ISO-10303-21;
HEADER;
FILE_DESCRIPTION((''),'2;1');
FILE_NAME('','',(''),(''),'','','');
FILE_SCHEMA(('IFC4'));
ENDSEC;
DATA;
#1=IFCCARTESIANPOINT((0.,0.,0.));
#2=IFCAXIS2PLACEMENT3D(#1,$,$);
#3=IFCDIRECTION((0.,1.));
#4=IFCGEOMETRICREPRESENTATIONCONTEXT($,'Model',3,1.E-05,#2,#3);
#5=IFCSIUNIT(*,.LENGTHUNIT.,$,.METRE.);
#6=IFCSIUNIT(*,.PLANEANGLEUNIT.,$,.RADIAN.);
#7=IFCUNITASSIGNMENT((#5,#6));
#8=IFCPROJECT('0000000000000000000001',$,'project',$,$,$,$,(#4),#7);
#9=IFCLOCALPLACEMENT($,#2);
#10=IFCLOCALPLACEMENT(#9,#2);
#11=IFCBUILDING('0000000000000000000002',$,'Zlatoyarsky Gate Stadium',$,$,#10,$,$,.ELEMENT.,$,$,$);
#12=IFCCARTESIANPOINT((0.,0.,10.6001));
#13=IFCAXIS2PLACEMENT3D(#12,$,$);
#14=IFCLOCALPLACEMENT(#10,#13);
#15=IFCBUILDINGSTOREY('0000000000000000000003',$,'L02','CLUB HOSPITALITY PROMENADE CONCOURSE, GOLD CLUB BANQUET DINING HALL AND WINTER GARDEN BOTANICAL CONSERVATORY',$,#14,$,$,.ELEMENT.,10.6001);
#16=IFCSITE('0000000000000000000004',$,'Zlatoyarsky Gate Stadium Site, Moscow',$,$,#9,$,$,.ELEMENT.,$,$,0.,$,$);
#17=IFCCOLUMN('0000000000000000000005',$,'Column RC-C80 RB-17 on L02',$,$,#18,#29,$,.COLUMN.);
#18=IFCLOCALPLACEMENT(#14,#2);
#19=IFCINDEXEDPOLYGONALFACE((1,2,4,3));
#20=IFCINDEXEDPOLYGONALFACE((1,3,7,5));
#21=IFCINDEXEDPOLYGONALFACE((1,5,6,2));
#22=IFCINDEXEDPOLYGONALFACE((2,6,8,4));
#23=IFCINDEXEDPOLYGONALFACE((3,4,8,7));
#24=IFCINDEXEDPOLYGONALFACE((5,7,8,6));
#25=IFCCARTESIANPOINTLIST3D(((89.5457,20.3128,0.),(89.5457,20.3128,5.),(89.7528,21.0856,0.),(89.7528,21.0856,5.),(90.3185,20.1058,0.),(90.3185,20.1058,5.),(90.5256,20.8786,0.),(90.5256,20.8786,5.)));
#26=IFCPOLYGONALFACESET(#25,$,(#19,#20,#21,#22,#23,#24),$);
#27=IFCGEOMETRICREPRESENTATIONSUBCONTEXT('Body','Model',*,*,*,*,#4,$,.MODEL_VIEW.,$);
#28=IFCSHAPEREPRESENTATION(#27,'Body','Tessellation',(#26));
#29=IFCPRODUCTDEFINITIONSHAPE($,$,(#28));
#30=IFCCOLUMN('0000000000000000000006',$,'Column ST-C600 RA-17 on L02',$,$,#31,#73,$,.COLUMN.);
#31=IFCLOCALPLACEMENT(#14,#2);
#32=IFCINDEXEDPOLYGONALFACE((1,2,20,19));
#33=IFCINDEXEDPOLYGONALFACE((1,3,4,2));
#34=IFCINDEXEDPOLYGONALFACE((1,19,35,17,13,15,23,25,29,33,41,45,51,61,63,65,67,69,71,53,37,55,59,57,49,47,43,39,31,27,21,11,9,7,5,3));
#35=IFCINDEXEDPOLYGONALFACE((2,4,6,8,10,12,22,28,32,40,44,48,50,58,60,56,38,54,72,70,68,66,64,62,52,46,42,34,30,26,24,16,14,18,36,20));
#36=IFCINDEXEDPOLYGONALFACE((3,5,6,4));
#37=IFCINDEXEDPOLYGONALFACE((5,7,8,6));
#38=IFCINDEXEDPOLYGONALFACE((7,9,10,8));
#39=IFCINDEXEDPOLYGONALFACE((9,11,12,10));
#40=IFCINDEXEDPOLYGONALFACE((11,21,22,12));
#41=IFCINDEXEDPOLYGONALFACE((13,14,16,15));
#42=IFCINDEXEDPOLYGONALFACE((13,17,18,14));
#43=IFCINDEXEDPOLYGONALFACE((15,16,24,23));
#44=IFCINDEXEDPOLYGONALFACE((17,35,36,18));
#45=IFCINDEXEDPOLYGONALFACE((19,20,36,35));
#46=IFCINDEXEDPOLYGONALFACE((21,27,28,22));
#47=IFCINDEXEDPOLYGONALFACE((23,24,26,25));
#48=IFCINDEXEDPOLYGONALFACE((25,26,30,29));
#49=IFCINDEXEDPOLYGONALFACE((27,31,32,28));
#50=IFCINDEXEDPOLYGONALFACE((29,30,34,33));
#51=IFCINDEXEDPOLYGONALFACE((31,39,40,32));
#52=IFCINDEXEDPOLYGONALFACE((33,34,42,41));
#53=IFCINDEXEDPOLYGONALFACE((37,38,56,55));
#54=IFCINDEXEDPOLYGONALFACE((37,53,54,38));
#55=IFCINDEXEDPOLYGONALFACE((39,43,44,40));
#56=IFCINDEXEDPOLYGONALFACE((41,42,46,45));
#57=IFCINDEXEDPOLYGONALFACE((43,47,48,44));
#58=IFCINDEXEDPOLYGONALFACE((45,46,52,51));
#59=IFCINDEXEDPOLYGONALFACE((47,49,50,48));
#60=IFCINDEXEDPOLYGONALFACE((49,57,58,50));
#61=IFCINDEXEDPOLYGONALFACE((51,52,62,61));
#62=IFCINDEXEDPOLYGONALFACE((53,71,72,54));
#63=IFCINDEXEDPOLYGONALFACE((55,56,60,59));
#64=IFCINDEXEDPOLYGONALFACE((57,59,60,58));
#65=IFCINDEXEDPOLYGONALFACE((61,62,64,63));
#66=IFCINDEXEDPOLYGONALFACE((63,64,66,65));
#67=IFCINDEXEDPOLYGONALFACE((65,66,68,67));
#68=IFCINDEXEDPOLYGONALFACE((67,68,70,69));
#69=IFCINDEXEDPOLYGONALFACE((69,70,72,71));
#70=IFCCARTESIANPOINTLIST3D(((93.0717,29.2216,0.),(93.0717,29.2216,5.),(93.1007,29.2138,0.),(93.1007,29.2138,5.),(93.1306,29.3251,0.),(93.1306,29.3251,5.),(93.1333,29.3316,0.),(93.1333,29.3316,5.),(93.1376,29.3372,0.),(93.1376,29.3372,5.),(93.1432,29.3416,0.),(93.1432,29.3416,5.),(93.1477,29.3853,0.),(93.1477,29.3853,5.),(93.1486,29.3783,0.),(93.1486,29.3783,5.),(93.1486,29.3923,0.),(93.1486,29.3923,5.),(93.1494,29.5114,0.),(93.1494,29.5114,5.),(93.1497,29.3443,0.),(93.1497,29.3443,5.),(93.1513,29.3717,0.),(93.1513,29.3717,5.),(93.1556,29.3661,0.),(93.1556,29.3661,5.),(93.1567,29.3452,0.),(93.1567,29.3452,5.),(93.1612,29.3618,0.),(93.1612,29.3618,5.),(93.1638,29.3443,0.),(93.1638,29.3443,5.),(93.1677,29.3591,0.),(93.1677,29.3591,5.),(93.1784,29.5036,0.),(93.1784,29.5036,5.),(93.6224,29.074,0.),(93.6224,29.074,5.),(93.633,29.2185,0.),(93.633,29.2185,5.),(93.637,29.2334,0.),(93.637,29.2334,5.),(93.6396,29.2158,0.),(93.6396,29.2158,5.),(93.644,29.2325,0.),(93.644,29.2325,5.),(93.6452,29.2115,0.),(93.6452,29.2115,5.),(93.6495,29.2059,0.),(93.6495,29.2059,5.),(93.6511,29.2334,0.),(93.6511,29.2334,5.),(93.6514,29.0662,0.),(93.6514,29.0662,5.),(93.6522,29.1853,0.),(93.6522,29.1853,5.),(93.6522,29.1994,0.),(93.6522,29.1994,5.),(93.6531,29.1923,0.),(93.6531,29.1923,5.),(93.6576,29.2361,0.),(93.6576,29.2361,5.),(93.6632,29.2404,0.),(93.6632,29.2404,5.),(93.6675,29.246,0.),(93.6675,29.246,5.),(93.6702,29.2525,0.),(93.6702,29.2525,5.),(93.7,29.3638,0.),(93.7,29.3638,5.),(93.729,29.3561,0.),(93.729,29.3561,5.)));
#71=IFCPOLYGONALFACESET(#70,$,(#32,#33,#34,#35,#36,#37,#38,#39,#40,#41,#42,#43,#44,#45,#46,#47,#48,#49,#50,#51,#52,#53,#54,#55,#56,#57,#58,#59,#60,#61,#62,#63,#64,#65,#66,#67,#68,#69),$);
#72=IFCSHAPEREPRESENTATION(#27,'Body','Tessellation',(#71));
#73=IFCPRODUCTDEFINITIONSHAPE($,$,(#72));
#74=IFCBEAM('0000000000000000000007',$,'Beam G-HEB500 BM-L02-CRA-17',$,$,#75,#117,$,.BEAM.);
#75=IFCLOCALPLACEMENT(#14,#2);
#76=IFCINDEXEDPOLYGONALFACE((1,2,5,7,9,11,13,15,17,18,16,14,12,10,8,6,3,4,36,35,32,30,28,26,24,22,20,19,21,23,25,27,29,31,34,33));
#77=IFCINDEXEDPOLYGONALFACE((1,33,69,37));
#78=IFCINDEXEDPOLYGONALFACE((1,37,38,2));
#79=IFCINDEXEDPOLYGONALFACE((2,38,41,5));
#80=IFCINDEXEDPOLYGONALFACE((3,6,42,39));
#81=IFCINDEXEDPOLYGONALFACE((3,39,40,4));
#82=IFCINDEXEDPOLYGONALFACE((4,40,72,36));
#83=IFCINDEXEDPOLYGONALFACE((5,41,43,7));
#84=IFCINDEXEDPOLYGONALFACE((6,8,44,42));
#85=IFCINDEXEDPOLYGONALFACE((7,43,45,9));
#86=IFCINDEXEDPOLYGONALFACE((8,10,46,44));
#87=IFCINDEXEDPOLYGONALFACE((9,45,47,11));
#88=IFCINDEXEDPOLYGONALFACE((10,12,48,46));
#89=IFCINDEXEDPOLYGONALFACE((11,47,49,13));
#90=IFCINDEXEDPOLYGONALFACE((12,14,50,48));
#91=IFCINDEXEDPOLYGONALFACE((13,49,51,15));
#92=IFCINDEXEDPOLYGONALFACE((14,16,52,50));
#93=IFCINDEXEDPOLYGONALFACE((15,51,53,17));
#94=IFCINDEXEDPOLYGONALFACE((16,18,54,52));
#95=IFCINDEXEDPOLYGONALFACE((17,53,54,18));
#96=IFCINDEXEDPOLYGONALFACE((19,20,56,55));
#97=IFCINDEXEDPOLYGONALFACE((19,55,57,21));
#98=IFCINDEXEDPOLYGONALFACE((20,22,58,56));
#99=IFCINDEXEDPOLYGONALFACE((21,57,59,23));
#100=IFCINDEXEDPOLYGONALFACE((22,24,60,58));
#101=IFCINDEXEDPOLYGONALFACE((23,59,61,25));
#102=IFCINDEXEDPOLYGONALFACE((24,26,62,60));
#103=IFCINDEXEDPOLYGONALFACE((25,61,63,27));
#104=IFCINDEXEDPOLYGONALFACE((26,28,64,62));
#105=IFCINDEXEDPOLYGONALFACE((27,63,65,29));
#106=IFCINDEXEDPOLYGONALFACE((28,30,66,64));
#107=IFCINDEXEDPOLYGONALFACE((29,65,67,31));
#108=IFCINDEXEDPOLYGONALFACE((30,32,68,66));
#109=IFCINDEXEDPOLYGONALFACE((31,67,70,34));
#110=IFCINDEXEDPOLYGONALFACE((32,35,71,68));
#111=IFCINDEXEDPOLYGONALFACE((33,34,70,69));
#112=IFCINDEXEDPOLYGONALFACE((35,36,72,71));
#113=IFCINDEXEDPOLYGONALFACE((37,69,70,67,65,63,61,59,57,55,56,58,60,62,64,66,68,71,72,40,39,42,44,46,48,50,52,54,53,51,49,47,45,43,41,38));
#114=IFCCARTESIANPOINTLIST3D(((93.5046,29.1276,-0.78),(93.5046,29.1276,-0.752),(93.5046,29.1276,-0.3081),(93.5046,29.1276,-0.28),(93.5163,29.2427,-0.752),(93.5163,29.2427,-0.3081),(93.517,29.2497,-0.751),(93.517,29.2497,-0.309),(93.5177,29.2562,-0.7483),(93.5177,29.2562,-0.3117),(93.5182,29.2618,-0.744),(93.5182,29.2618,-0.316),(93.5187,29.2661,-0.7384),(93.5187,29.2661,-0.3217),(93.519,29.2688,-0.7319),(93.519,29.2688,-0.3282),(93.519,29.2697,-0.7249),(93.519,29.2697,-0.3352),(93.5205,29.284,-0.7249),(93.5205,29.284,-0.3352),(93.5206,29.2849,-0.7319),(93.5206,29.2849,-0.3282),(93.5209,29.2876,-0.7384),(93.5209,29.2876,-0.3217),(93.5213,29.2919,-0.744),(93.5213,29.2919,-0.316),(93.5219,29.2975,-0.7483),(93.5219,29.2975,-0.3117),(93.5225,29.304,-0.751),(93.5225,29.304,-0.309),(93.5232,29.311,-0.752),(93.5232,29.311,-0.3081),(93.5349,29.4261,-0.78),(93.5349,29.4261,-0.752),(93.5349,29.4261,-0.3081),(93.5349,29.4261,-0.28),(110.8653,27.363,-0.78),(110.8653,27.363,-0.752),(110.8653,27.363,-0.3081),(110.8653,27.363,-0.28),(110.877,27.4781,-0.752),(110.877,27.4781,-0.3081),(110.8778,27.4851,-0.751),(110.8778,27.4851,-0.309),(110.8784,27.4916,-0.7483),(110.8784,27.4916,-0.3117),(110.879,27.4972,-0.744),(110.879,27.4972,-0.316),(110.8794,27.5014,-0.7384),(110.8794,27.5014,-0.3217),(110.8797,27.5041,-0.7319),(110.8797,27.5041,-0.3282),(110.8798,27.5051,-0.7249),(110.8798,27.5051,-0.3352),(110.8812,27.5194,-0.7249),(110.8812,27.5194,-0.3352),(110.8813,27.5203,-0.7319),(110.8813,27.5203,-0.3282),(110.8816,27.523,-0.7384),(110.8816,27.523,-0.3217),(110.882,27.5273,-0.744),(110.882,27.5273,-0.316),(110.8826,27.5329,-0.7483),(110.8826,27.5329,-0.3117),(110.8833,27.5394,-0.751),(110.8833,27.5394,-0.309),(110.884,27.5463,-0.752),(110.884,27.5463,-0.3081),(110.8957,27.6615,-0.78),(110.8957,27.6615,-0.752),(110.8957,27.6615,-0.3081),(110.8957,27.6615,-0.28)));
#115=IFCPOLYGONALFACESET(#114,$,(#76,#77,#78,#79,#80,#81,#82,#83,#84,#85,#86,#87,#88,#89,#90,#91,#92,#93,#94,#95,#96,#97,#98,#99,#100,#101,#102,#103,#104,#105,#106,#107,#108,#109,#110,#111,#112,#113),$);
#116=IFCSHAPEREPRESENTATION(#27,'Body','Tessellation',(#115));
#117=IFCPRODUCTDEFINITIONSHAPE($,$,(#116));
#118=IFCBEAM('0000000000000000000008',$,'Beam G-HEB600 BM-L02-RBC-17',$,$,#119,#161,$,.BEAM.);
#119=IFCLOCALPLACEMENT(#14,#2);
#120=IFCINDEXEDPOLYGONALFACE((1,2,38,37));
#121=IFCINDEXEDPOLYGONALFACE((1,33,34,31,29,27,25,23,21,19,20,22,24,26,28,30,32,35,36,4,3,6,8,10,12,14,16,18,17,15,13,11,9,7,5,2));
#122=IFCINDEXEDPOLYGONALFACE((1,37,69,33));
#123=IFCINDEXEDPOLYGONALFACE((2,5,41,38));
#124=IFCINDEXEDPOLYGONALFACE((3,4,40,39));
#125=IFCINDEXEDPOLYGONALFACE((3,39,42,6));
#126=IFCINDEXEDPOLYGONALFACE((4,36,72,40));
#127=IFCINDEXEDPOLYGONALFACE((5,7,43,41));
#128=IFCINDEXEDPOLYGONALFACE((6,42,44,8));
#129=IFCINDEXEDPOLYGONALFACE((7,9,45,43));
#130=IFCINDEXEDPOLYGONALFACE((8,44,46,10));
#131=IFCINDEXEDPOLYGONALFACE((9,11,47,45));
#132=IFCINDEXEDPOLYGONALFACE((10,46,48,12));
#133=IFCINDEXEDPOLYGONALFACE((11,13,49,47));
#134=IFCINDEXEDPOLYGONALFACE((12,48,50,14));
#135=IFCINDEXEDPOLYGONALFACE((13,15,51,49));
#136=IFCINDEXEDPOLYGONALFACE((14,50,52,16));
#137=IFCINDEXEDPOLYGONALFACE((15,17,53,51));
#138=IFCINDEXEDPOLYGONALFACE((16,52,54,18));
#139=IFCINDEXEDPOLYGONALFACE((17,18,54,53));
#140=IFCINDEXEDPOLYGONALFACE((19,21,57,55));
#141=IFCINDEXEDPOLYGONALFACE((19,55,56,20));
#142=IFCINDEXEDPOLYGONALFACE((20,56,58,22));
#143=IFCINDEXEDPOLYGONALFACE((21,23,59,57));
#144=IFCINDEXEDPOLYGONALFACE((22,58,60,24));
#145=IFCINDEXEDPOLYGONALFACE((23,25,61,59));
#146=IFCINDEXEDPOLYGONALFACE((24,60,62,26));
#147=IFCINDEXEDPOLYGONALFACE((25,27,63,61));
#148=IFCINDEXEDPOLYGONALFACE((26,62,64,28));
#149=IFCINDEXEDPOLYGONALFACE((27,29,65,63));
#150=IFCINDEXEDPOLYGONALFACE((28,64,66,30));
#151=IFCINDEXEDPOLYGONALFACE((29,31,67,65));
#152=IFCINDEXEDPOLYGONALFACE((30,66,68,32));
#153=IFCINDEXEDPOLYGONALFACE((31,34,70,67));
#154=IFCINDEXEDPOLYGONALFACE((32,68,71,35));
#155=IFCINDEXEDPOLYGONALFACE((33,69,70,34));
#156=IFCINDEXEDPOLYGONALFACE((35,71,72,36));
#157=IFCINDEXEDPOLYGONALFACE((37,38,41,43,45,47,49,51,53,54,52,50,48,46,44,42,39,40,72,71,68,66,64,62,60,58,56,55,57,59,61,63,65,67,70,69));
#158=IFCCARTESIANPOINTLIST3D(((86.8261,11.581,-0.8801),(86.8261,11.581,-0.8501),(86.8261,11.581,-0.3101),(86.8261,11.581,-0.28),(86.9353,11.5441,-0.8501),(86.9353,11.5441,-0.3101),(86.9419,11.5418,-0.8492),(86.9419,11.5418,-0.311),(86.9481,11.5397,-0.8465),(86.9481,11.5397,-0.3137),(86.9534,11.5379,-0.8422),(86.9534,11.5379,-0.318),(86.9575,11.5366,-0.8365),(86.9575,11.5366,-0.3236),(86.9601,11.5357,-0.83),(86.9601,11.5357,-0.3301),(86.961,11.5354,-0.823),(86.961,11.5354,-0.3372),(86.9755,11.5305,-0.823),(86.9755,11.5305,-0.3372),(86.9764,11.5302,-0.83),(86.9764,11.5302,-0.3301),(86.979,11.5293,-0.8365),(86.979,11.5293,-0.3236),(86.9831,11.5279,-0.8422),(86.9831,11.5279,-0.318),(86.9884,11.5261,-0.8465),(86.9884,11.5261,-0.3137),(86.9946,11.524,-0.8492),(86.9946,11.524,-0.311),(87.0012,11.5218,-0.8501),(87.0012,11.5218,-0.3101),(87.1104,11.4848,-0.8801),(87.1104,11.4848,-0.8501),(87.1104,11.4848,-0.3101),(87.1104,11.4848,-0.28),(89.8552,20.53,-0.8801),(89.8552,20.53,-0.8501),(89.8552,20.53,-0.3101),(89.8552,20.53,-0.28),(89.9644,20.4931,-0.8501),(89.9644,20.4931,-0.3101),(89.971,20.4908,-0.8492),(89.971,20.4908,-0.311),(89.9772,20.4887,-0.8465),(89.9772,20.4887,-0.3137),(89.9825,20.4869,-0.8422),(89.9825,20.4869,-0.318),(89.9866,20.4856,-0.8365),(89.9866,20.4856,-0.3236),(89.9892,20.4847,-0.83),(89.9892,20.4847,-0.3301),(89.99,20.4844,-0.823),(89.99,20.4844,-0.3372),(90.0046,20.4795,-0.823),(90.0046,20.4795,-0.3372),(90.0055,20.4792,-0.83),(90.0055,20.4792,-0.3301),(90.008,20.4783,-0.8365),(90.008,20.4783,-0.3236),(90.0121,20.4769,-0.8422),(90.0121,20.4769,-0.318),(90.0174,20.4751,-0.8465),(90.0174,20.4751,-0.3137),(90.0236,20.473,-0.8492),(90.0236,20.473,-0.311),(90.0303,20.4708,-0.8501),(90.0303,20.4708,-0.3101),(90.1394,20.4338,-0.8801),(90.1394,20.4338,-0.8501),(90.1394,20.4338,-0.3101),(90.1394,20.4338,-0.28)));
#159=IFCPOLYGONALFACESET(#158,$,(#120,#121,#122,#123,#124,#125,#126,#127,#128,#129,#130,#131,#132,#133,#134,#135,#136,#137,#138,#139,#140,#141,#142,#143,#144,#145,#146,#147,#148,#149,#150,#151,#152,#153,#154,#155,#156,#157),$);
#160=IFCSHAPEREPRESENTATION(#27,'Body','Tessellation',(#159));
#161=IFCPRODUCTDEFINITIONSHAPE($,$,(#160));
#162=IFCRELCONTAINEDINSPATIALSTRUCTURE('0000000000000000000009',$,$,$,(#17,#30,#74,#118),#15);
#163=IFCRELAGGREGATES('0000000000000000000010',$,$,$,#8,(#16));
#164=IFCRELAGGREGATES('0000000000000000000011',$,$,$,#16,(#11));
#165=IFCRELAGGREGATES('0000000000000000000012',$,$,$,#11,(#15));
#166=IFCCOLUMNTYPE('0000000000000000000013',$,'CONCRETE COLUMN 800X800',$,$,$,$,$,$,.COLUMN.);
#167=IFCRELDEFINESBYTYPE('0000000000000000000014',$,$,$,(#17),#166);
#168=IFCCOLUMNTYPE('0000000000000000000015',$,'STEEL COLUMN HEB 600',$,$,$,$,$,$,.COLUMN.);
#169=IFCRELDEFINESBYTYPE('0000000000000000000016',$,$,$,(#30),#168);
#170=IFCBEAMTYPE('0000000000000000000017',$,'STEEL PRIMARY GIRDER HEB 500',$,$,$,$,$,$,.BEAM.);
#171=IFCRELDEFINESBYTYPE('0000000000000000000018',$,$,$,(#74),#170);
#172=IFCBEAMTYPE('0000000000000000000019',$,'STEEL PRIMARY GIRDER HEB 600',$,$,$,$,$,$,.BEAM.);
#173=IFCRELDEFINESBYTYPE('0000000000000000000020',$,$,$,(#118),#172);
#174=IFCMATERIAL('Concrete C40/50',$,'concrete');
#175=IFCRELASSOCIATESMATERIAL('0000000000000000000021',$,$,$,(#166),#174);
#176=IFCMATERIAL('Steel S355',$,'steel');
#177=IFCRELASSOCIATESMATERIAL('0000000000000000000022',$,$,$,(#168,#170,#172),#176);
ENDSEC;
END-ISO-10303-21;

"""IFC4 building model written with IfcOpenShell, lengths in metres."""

from ifc_helpers import new_model, si_unit, direction, frame, origin, origin_2d, place, context, subcontext, project, spatial, rectangle, i_section, extrude, material, material_profile, profile_set, type_object, element, save


model = new_model("IFC4")

# Units and contexts
model_context = context("Model", 3, precision=1e-05, world=origin(), true_north=direction((0.0, 1.0)))
body_context = subcontext(model_context, "Body", "Model", "MODEL_VIEW")
ifc_project = project(units=[si_unit("LENGTHUNIT", "METRE"), si_unit("PLANEANGLEUNIT", "RADIAN")], contexts=[model_context])

# Site, building, storey
site_placement = place(None, origin())
site = spatial("IfcSite", under=ifc_project, at=site_placement, Name="Zlatoyarsky Gate Stadium Site, Moscow", CompositionType="ELEMENT", RefElevation=0.0)
building_placement = place(site_placement, origin())
building = spatial("IfcBuilding", under=site, at=building_placement, Name="Zlatoyarsky Gate Stadium", CompositionType="ELEMENT")
storey_placement = place(building_placement, frame((0.0, 0.0, 10.6001)))
storey = spatial("IfcBuildingStorey", under=building, at=storey_placement, Name="L02", Description="CLUB HOSPITALITY PROMENADE CONCOURSE, GOLD CLUB BANQUET DINING HALL AND WINTER GARDEN BOTANICAL CONSERVATORY", CompositionType="ELEMENT", Elevation=10.6001)

# Columns
ifc_material_1 = material(Name="Concrete C40/50", Category="concrete")
ifc_material_profile_1 = material_profile(ifc_material_1, rectangle(XDim=0.8, YDim=0.8, at=origin_2d()), Name="RC COL 800X800")
ifc_profile_set_1 = profile_set([ifc_material_profile_1], Name="Concrete C40/50")
column_type_1 = type_object("IfcColumnType", Name="CONCRETE COLUMN 800X800", PredefinedType="COLUMN", material=ifc_profile_set_1)
column_1_placement = place(storey_placement, frame((90.0356, 20.5957, 0.0), z_axis=(0.0, 0.0, 1.0), x_axis=(-0.258819, -0.965926, 0.0)))
element("IfcColumn", 1, at=column_1_placement, inside=storey, type_object=column_type_1, Name="Column RC-C80 RB-17 on L02", PredefinedType="COLUMN", context=body_context, shape_type="SweptSolid", body=[
    extrude(rectangle(XDim=0.8, YDim=0.8, at=origin_2d()), origin(), (0.0, 0.0, 1.0), 5.0),
])
ifc_material_2 = material(Name="Steel S355", Category="steel")
ifc_material_profile_2 = material_profile(ifc_material_2, i_section(OverallWidth=0.3, OverallDepth=0.6001, WebThickness=0.0154, FlangeThickness=0.03, FilletRadius=0.0271, at=origin_2d()), Name="HEB 600")
ifc_profile_set_2 = profile_set([ifc_material_profile_2], Name="Steel S355")
column_type_2 = type_object("IfcColumnType", Name="STEEL COLUMN HEB 600", PredefinedType="COLUMN", material=ifc_profile_set_2)
column_2_placement = place(storey_placement, frame((93.4004, 29.2888, 0.0), z_axis=(0.0, 0.0, 1.0), x_axis=(-0.258819, -0.965926, 0.0)))
element("IfcColumn", 2, at=column_2_placement, inside=storey, type_object=column_type_2, Name="Column ST-C600 RA-17 on L02", PredefinedType="COLUMN", context=body_context, shape_type="SweptSolid", body=[
    extrude(i_section(OverallWidth=0.3, OverallDepth=0.6001, WebThickness=0.0154, FlangeThickness=0.03, FilletRadius=0.0271, at=origin_2d()), origin(), (0.0, 0.0, 1.0), 5.0),
])

# Beams
ifc_material_profile_3 = material_profile(ifc_material_2, i_section(OverallWidth=0.3, OverallDepth=0.5, WebThickness=0.0144, FlangeThickness=0.0281, FilletRadius=0.0271, at=origin_2d()), Name="HEB 500")
ifc_profile_set_3 = profile_set([ifc_material_profile_3], Name="Steel S355")
beam_type_1 = type_object("IfcBeamType", Name="STEEL PRIMARY GIRDER HEB 500", PredefinedType="BEAM", material=ifc_profile_set_3)
beam_1_placement = place(storey_placement, frame((93.5198, 29.2769, -0.53), z_axis=(0.994874, -0.101124, 0.0), x_axis=(0.101124, 0.994874, 0.0)))
element("IfcBeam", 3, at=beam_1_placement, inside=storey, type_object=beam_type_1, Name="Beam G-HEB500 BM-L02-CRA-17", PredefinedType="BEAM", context=body_context, shape_type="SweptSolid", body=[
    extrude(i_section(OverallWidth=0.3, OverallDepth=0.5, WebThickness=0.0144, FlangeThickness=0.0281, FilletRadius=0.0271, at=origin_2d()), origin(), (0.0, 0.0, 1.0), 17.4502),
])
ifc_material_profile_4 = material_profile(ifc_material_2, i_section(OverallWidth=0.3, OverallDepth=0.6001, WebThickness=0.0154, FlangeThickness=0.03, FilletRadius=0.0271, at=origin_2d()), Name="HEB 600")
ifc_profile_set_4 = profile_set([ifc_material_profile_4], Name="Steel S355")
beam_type_2 = type_object("IfcBeamType", Name="STEEL PRIMARY GIRDER HEB 600", PredefinedType="BEAM", material=ifc_profile_set_4)
beam_2_placement = place(storey_placement, frame((89.9973, 20.4819, -0.5801), z_axis=(-0.320612, -0.947211, 0.0), x_axis=(0.947211, -0.320612, 0.0)))
element("IfcBeam", 4, at=beam_2_placement, inside=storey, type_object=beam_type_2, Name="Beam G-HEB600 BM-L02-RBC-17", PredefinedType="BEAM", context=body_context, shape_type="SweptSolid", body=[
    extrude(i_section(OverallWidth=0.3, OverallDepth=0.6001, WebThickness=0.0154, FlangeThickness=0.03, FilletRadius=0.0271, at=origin_2d()), origin(), (0.0, 0.0, 1.0), 9.4478),
])

save(model, "model.ifc")
